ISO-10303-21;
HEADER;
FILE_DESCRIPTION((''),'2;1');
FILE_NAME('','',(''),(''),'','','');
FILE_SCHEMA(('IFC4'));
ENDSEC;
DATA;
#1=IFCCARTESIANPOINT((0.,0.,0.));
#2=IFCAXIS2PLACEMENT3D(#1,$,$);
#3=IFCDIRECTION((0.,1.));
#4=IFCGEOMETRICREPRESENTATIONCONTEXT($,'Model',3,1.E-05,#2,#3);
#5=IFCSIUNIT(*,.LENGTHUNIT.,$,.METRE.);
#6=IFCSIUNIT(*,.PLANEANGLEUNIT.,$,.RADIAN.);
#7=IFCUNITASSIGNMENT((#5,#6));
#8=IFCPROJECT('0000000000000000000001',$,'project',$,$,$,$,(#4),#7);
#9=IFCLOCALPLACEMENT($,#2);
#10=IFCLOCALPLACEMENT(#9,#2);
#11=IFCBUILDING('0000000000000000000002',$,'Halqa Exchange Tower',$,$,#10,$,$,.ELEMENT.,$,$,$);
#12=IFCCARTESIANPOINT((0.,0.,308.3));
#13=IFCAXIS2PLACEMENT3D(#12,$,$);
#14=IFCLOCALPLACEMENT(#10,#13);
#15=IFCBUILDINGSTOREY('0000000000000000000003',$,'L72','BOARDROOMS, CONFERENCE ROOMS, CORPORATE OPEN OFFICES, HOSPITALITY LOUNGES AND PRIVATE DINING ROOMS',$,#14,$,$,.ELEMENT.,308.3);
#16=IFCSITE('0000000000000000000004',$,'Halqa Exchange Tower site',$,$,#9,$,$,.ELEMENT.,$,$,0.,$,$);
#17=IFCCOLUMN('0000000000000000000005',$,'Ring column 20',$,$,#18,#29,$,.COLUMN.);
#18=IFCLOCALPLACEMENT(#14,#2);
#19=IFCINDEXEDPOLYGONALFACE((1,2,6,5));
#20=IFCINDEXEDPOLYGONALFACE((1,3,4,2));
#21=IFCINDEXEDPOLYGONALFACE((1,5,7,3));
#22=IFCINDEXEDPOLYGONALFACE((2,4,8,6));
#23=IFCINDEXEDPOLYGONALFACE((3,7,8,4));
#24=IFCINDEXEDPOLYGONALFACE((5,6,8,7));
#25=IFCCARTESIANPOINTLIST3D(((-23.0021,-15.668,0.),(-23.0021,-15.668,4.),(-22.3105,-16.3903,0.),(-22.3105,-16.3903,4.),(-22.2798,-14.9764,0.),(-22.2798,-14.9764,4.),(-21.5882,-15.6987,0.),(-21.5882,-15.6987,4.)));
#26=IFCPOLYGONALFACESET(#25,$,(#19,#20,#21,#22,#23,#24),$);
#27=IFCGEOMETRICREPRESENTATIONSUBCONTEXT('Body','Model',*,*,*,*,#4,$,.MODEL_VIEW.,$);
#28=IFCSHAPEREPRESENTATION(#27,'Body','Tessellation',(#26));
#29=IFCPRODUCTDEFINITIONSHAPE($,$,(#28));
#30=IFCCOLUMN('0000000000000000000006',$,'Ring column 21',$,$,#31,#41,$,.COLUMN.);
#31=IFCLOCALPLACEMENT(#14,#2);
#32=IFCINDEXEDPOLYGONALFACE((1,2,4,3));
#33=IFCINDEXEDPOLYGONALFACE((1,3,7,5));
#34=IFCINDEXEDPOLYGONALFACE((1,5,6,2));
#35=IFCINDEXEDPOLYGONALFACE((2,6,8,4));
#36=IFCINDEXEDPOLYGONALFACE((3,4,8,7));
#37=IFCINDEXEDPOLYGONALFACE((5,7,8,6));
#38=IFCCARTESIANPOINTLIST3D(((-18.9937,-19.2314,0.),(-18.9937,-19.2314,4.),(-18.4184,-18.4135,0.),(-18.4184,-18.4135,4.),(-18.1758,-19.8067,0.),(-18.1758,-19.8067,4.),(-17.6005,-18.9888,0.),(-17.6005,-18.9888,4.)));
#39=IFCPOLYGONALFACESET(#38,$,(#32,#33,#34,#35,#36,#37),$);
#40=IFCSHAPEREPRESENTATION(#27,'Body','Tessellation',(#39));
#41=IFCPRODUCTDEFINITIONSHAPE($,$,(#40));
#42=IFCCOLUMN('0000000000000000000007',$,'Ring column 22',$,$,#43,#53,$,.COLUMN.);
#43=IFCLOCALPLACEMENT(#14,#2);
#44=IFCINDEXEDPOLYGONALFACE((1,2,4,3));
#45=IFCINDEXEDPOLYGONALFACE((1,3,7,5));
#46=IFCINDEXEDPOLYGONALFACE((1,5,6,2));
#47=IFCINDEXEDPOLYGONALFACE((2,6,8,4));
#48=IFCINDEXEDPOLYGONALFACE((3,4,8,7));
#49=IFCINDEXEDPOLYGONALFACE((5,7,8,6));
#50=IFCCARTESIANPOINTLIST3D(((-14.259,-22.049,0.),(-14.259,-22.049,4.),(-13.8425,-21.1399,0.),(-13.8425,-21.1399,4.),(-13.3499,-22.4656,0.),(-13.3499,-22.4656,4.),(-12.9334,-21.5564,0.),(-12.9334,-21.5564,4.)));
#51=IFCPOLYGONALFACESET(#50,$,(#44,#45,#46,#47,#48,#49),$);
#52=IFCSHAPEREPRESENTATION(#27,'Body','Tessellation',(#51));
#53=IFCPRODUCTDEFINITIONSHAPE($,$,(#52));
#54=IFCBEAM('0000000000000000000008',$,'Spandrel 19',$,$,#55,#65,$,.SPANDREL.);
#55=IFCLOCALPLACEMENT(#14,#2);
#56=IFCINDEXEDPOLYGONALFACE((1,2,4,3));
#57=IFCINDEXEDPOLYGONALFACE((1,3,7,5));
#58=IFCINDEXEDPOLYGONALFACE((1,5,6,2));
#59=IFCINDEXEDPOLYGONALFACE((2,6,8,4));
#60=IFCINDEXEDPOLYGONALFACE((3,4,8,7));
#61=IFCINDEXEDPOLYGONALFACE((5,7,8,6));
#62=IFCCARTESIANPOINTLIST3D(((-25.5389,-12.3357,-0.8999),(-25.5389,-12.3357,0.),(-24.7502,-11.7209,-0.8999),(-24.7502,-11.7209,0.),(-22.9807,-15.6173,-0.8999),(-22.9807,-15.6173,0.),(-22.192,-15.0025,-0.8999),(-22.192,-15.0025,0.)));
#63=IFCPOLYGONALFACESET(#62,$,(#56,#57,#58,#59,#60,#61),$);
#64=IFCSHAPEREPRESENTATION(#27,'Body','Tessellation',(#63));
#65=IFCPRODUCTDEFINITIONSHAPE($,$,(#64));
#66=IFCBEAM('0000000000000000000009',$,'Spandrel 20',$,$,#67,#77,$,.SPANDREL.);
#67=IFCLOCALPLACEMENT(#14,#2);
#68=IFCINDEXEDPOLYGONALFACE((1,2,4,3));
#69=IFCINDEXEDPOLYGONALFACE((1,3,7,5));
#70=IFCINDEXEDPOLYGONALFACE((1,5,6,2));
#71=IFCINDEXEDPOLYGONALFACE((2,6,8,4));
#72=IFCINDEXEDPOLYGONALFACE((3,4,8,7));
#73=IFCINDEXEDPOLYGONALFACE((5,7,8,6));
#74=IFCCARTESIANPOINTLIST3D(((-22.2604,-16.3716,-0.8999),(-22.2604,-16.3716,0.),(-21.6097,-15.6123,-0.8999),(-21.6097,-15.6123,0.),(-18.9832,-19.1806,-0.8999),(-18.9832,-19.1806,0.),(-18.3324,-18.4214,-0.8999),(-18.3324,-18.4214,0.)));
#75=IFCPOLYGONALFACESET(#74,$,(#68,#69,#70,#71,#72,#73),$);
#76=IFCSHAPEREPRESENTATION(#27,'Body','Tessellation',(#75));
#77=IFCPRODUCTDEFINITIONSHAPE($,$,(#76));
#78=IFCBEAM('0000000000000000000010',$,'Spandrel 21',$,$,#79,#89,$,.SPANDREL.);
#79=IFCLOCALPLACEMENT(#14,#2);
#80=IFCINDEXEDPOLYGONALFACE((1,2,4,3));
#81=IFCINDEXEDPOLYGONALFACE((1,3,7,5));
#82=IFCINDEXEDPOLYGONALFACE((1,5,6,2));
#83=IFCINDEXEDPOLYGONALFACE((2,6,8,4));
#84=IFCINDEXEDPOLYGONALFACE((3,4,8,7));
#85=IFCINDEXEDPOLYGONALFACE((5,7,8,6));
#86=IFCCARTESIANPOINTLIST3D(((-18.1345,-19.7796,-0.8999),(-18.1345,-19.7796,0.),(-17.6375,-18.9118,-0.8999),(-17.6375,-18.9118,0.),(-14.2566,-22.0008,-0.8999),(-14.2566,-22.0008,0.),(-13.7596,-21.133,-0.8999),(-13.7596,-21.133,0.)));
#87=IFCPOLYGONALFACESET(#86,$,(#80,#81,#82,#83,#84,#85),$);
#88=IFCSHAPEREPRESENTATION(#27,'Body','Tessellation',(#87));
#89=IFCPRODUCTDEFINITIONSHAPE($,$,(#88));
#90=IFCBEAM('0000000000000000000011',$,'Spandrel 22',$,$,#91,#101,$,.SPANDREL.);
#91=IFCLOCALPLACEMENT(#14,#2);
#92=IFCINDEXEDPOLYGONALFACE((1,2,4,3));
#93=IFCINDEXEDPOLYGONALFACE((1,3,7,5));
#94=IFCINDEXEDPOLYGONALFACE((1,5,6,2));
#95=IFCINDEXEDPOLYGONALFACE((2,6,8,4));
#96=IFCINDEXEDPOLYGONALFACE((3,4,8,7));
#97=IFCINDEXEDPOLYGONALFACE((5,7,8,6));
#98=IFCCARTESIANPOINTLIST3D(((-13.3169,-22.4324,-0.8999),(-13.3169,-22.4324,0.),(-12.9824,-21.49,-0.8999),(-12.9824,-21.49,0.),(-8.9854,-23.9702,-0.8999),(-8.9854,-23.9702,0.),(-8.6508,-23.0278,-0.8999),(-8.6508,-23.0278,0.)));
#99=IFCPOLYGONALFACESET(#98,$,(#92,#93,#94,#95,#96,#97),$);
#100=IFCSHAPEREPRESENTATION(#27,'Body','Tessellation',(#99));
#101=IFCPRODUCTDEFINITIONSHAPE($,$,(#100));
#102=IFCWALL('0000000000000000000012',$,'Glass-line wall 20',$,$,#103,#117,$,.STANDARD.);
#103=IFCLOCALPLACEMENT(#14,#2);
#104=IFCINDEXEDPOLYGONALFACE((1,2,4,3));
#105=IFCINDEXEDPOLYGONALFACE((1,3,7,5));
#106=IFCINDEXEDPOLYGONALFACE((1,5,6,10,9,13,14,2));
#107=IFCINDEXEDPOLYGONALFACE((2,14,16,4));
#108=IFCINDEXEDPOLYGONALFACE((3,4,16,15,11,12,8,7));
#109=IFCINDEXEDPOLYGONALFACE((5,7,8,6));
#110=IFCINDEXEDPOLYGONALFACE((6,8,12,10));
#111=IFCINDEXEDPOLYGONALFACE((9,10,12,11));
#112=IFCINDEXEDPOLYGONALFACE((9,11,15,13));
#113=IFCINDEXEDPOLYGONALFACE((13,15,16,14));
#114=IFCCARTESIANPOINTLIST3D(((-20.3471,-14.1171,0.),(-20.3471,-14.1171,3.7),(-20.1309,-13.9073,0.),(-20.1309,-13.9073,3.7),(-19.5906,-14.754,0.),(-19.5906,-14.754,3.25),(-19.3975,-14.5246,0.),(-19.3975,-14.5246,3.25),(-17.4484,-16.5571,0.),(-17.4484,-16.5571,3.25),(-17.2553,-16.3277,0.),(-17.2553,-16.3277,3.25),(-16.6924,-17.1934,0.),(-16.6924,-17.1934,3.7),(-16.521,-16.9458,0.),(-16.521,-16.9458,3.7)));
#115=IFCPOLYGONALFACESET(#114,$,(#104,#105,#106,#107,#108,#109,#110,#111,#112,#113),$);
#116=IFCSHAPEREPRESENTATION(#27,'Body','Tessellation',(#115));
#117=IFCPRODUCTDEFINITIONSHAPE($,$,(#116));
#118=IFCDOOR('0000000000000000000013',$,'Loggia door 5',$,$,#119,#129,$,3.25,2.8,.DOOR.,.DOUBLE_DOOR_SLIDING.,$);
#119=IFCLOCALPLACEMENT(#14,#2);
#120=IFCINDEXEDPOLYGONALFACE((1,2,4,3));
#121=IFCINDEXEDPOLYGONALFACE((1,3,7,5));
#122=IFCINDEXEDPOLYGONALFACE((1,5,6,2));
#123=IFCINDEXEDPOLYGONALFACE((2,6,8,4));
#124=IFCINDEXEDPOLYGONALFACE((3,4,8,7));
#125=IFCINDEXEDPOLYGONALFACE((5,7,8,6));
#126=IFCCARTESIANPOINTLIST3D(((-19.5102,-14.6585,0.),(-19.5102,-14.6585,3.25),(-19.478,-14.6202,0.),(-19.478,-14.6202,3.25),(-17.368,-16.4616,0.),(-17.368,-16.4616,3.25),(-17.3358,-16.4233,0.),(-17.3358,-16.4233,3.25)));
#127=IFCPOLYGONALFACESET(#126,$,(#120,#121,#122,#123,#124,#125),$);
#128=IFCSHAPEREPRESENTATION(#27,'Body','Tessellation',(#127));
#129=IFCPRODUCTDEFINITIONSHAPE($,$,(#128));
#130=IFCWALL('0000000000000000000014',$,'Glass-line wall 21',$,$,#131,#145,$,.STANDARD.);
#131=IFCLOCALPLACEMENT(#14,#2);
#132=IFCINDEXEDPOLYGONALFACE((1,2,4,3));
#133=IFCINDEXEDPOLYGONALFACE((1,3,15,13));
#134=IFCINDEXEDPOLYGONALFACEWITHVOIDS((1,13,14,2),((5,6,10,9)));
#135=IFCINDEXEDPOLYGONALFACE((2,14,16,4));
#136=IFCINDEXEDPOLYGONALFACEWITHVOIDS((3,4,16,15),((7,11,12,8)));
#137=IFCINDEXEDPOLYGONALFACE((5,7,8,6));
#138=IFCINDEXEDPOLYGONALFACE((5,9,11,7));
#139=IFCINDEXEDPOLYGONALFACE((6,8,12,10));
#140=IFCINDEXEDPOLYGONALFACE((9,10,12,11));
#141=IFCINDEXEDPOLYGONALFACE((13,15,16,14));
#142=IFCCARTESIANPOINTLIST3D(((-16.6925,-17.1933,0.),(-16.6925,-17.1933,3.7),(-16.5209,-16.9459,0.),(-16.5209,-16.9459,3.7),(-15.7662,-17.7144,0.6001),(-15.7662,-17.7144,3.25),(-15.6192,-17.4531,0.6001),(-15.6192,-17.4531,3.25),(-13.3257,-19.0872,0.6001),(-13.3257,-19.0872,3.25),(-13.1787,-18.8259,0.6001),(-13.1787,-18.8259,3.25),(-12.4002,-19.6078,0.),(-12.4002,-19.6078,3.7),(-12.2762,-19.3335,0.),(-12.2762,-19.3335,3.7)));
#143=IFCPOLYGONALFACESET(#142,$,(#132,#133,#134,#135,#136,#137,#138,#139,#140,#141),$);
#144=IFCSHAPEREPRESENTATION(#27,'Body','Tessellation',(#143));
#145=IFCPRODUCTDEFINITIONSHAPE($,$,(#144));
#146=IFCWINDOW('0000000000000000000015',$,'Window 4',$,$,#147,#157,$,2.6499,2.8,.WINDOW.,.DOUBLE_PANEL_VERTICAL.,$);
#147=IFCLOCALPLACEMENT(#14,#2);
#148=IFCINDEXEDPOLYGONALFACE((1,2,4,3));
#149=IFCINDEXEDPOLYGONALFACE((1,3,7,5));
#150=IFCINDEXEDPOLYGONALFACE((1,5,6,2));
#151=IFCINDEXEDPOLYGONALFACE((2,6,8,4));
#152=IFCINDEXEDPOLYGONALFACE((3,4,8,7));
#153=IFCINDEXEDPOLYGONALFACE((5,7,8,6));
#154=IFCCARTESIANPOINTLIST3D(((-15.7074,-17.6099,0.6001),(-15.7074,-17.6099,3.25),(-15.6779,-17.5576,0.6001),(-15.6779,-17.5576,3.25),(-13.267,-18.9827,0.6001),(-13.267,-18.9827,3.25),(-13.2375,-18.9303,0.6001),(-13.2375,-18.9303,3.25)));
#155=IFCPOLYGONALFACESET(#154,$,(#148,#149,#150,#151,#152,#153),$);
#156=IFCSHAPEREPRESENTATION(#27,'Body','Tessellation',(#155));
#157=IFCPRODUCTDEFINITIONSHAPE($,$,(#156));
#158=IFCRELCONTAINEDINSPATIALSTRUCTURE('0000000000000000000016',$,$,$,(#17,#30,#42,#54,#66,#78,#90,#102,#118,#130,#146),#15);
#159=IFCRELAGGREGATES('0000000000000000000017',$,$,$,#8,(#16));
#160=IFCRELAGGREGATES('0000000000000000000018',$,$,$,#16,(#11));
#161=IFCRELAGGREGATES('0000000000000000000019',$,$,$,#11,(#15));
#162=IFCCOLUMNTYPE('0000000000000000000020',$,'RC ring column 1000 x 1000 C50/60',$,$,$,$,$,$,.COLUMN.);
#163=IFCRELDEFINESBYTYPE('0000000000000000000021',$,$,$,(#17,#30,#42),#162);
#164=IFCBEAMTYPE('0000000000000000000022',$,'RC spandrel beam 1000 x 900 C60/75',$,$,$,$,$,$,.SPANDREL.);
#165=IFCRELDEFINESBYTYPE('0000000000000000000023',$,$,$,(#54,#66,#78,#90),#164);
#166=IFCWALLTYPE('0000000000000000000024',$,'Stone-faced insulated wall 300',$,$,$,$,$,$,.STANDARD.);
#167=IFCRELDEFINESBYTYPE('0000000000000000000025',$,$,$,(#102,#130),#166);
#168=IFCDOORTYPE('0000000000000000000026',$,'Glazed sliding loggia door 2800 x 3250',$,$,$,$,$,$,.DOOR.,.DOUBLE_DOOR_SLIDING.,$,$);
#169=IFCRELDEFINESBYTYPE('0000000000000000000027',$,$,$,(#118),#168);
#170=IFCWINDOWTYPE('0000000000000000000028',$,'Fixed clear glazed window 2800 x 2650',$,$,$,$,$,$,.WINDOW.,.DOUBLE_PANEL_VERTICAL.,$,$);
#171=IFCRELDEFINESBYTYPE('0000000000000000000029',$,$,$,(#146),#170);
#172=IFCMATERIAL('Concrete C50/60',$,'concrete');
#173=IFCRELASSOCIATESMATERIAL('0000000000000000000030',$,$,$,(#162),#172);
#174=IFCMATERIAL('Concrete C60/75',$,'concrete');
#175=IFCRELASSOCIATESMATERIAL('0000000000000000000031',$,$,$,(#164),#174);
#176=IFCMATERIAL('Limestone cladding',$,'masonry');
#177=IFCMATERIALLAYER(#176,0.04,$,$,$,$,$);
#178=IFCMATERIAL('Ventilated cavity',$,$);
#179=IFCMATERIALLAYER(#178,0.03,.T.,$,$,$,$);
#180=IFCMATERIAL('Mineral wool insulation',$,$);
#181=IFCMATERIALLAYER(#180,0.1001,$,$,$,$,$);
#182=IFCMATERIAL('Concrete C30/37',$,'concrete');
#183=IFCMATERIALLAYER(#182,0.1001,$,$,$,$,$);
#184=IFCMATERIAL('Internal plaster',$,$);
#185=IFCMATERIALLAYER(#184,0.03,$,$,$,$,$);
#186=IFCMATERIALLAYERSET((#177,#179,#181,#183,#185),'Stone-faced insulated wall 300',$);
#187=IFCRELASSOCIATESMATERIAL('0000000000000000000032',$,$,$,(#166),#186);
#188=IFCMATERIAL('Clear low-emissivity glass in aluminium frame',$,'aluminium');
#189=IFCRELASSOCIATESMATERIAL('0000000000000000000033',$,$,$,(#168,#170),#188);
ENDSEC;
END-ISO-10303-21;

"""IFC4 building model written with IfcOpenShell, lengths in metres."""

from ifc_helpers import new_model, si_unit, direction, frame, frame_2d, origin, origin_2d, place, context, subcontext, project, spatial, polyline, rectangle, outline, extrude, material, layer, layer_set, material_profile, profile_set, type_object, element, fill, save


model = new_model("IFC4")

# Units and contexts
model_context = context("Model", 3, precision=1e-05, world=origin(), true_north=direction((0.0, 1.0)))
body_context = subcontext(model_context, "Body", "Model", "MODEL_VIEW")
ifc_project = project(units=[si_unit("LENGTHUNIT", "METRE"), si_unit("PLANEANGLEUNIT", "RADIAN")], contexts=[model_context])

# Site, building, storey
site_placement = place(None, origin())
site = spatial("IfcSite", under=ifc_project, at=site_placement, Name="Halqa Exchange Tower site", CompositionType="ELEMENT", RefElevation=0.0)
building_placement = place(site_placement, origin())
building = spatial("IfcBuilding", under=site, at=building_placement, Name="Halqa Exchange Tower", CompositionType="ELEMENT")
storey_placement = place(building_placement, frame((0.0, 0.0, 308.3)))
storey = spatial("IfcBuildingStorey", under=building, at=storey_placement, Name="L72", Description="BOARDROOMS, CONFERENCE ROOMS, CORPORATE OPEN OFFICES, HOSPITALITY LOUNGES AND PRIVATE DINING ROOMS", CompositionType="ELEMENT", Elevation=308.3)

# Columns
ifc_material_1 = material(Name="Concrete C50/60", Category="concrete")
ifc_material_profile_1 = material_profile(ifc_material_1, rectangle(XDim=1.0, YDim=1.0, at=origin_2d()), Name="1000 x 1000")
ifc_profile_set_1 = profile_set([ifc_material_profile_1], Name="Concrete C50/60")
column_type = type_object("IfcColumnType", Name="RC ring column 1000 x 1000 C50/60", PredefinedType="COLUMN", material=ifc_profile_set_1)
for number, where, z_axis, x_axis, name in (
    (1, (-22.2952, -15.6833, 0.0), (0.0, 0.0, 1.0), (0.691581, -0.722299, 0.0), "Ring column 20"),
    (2, (-18.2971, -19.1101, 0.0), (0.0, 0.0, 1.0), (0.817904, -0.575355, 0.0), "Ring column 21"),
    (3, (-13.5962, -21.8027, 0.0), (0.0, 0.0, 1.0), (0.909126, -0.41652, 0.0), "Ring column 22"),
):
    element("IfcColumn", number, at=place(storey_placement, frame(where, z_axis=z_axis, x_axis=x_axis)), inside=storey, type_object=column_type, Name=name, PredefinedType="COLUMN", context=body_context, shape_type="SweptSolid", body=[
        extrude(rectangle(XDim=1.0, YDim=1.0, at=origin_2d()), origin(), (0.0, 0.0, 1.0), 4.0),
    ])

# Beams
ifc_material_2 = material(Name="Concrete C60/75", Category="concrete")
ifc_material_profile_2 = material_profile(ifc_material_2, rectangle(XDim=1.0, YDim=0.8999, at=origin_2d()), Name="1000 x 900")
ifc_profile_set_2 = profile_set([ifc_material_profile_2], Name="Concrete C60/75")
beam_type = type_object("IfcBeamType", Name="RC spandrel beam 1000 x 900 C60/75", PredefinedType="SPANDREL", material=ifc_profile_set_2)
beam_1_placement = place(storey_placement, frame((-25.1445, -12.0283, -0.45), z_axis=(0.614814, -0.788672, 0.0), x_axis=(0.788672, 0.614814, 0.0)))
element("IfcBeam", 4, at=beam_1_placement, inside=storey, type_object=beam_type, Name="Spandrel 19", PredefinedType="SPANDREL", context=body_context, shape_type="SweptSolid", body=[
    extrude(rectangle(XDim=1.0, YDim=0.8999, at=origin_2d()), origin(), (0.0, 0.0, 1.0), 4.1609),
])
beam_2_placement = place(storey_placement, frame((-21.9351, -15.9919, -0.45), z_axis=(0.759265, -0.650782, 0.0), x_axis=(0.650782, 0.759265, 0.0)))
element("IfcBeam", 5, at=beam_2_placement, inside=storey, type_object=beam_type, Name="Spandrel 20", PredefinedType="SPANDREL", context=body_context, shape_type="SweptSolid", body=[
    extrude(rectangle(XDim=1.0, YDim=0.8999, at=origin_2d()), origin(), (0.0, 0.0, 1.0), 4.3164),
])
beam_3_placement = place(storey_placement, frame((-17.886, -19.3457, -0.45), z_axis=(0.867738, -0.497021, 0.0), x_axis=(0.497021, 0.867738, 0.0)))
element("IfcBeam", 6, at=beam_3_placement, inside=storey, type_object=beam_type, Name="Spandrel 21", PredefinedType="SPANDREL", context=body_context, shape_type="SweptSolid", body=[
    extrude(rectangle(XDim=1.0, YDim=0.8999, at=origin_2d()), origin(), (0.0, 0.0, 1.0), 4.469),
])
beam_4_placement = place(storey_placement, frame((-13.1497, -21.9612, -0.45), z_axis=(0.94237, -0.334573, 0.0), x_axis=(0.334573, 0.94237, 0.0)))
element("IfcBeam", 7, at=beam_4_placement, inside=storey, type_object=beam_type, Name="Spandrel 22", PredefinedType="SPANDREL", context=body_context, shape_type="SweptSolid", body=[
    extrude(rectangle(XDim=1.0, YDim=0.8999, at=origin_2d()), origin(), (0.0, 0.0, 1.0), 4.5964),
])

# Wall, opening, door
ifc_material_3 = material(Name="Limestone cladding", Category="masonry")
ifc_layer_1 = layer(ifc_material_3, 0.04)
ifc_material_4 = material(Name="Ventilated cavity")
ifc_layer_2 = layer(ifc_material_4, 0.03, ventilated=True)
ifc_material_5 = material(Name="Mineral wool insulation")
ifc_layer_3 = layer(ifc_material_5, 0.1001)
ifc_material_6 = material(Name="Concrete C30/37", Category="concrete")
ifc_layer_4 = layer(ifc_material_6, 0.1001)
ifc_material_7 = material(Name="Internal plaster")
ifc_layer_5 = layer(ifc_material_7, 0.03)
ifc_layer_set_1 = layer_set([ifc_layer_1, ifc_layer_2, ifc_layer_3, ifc_layer_4, ifc_layer_5], Name="Stone-faced insulated wall 300")
wall_type_1 = type_object("IfcWallType", Name="Stone-faced insulated wall 300", PredefinedType="STANDARD", material=ifc_layer_set_1)
wall_1_placement = place(storey_placement, frame((-20.239, -14.0122, 0.0), z_axis=(0.0, 0.0, 1.0), x_axis=(0.765059, -0.64396, 0.0)))
wall_1 = element("IfcWall", 8, at=wall_1_placement, inside=storey, type_object=wall_type_1, Name="Glass-line wall 20", PredefinedType="STANDARD", context=body_context, shape_type="SweptSolid", body=[
    extrude(outline(polyline([(-0.0151, -0.1499), (4.762, -0.1499), (4.7336, 0.1499), (0.0151, 0.1499), (-0.0151, -0.1499)])), origin(), (0.0, 0.0, 1.0), 3.7),
])
opening_1_placement = place(wall_1_placement, frame((0.9739, 0.0, 0.0)))
opening_1 = element("IfcOpeningElement", 9, at=opening_1_placement, cuts=wall_1, PredefinedType="OPENING", context=body_context, shape_type="SweptSolid", body=[
    extrude(rectangle(XDim=2.8, YDim=3.25, at=frame_2d((1.3999, 1.625))), frame((0.0, 0.1621, 0.0), z_axis=(0.0, -1.0, 0.0), x_axis=(1.0, 0.0, 0.0)), (0.0, 0.0, 1.0), 0.324),
])
ifc_material_8 = material(Name="Clear low-emissivity glass in aluminium frame", Category="aluminium")
door_type_1 = type_object("IfcDoorType", Name="Glazed sliding loggia door 2800 x 3250", OperationType="DOUBLE_DOOR_SLIDING", PredefinedType="DOOR", material=ifc_material_8)
door_1_placement = place(opening_1_placement, origin())
door_1 = element("IfcDoor", 10, at=door_1_placement, inside=storey, type_object=door_type_1, Name="Loggia door 5", OperationType="DOUBLE_DOOR_SLIDING", OverallHeight=3.25, OverallWidth=2.8, PredefinedType="DOOR", context=body_context, shape_type="SweptSolid", body=[
    extrude(rectangle(XDim=2.8, YDim=3.25, at=frame_2d((1.3999, 1.625))), frame((0.0, 0.0249, 0.0), z_axis=(0.0, -1.0, 0.0), x_axis=(1.0, 0.0, 0.0)), (0.0, 0.0, 1.0), 0.05),
])
fill(opening_1, door_1)

# Wall, opening, window
wall_2_placement = place(storey_placement, frame((-16.6067, -17.0696, 0.0), z_axis=(0.0, 0.0, 1.0), x_axis=(0.87157, -0.490271, 0.0)))
wall_2 = element("IfcWall", 11, at=wall_2_placement, inside=storey, type_object=wall_type_1, Name="Glass-line wall 21", PredefinedType="STANDARD", context=body_context, shape_type="SweptSolid", body=[
    extrude(outline(polyline([(-0.0142, -0.1499), (4.9106, -0.1499), (4.8843, 0.1499), (0.0142, 0.1499), (-0.0142, -0.1499)])), origin(), (0.0, 0.0, 1.0), 3.7),
])
opening_2_placement = place(wall_2_placement, frame((1.0488, 0.0, 0.6001)))
opening_2 = element("IfcOpeningElement", 12, at=opening_2_placement, cuts=wall_2, PredefinedType="OPENING", context=body_context, shape_type="SweptSolid", body=[
    extrude(rectangle(XDim=2.8, YDim=2.6499, at=frame_2d((1.3999, 1.325))), frame((0.0, 0.1621, 0.0), z_axis=(0.0, -1.0, 0.0), x_axis=(1.0, 0.0, 0.0)), (0.0, 0.0, 1.0), 0.324),
])
window_type = type_object("IfcWindowType", Name="Fixed clear glazed window 2800 x 2650", PartitioningType="DOUBLE_PANEL_VERTICAL", PredefinedType="WINDOW", material=ifc_material_8)
window_1_placement = place(opening_2_placement, origin())
window_1 = element("IfcWindow", 13, at=window_1_placement, inside=storey, type_object=window_type, Name="Window 4", OverallHeight=2.6499, OverallWidth=2.8, PartitioningType="DOUBLE_PANEL_VERTICAL", PredefinedType="WINDOW", context=body_context, shape_type="SweptSolid", body=[
    extrude(rectangle(XDim=2.8, YDim=2.6499, at=frame_2d((1.3999, 1.325))), frame((0.0, 0.03, 0.0), z_axis=(0.0, -1.0, 0.0), x_axis=(1.0, 0.0, 0.0)), (0.0, 0.0, 1.0), 0.0601),
])
fill(opening_2, window_1)

save(model, "model.ifc")
